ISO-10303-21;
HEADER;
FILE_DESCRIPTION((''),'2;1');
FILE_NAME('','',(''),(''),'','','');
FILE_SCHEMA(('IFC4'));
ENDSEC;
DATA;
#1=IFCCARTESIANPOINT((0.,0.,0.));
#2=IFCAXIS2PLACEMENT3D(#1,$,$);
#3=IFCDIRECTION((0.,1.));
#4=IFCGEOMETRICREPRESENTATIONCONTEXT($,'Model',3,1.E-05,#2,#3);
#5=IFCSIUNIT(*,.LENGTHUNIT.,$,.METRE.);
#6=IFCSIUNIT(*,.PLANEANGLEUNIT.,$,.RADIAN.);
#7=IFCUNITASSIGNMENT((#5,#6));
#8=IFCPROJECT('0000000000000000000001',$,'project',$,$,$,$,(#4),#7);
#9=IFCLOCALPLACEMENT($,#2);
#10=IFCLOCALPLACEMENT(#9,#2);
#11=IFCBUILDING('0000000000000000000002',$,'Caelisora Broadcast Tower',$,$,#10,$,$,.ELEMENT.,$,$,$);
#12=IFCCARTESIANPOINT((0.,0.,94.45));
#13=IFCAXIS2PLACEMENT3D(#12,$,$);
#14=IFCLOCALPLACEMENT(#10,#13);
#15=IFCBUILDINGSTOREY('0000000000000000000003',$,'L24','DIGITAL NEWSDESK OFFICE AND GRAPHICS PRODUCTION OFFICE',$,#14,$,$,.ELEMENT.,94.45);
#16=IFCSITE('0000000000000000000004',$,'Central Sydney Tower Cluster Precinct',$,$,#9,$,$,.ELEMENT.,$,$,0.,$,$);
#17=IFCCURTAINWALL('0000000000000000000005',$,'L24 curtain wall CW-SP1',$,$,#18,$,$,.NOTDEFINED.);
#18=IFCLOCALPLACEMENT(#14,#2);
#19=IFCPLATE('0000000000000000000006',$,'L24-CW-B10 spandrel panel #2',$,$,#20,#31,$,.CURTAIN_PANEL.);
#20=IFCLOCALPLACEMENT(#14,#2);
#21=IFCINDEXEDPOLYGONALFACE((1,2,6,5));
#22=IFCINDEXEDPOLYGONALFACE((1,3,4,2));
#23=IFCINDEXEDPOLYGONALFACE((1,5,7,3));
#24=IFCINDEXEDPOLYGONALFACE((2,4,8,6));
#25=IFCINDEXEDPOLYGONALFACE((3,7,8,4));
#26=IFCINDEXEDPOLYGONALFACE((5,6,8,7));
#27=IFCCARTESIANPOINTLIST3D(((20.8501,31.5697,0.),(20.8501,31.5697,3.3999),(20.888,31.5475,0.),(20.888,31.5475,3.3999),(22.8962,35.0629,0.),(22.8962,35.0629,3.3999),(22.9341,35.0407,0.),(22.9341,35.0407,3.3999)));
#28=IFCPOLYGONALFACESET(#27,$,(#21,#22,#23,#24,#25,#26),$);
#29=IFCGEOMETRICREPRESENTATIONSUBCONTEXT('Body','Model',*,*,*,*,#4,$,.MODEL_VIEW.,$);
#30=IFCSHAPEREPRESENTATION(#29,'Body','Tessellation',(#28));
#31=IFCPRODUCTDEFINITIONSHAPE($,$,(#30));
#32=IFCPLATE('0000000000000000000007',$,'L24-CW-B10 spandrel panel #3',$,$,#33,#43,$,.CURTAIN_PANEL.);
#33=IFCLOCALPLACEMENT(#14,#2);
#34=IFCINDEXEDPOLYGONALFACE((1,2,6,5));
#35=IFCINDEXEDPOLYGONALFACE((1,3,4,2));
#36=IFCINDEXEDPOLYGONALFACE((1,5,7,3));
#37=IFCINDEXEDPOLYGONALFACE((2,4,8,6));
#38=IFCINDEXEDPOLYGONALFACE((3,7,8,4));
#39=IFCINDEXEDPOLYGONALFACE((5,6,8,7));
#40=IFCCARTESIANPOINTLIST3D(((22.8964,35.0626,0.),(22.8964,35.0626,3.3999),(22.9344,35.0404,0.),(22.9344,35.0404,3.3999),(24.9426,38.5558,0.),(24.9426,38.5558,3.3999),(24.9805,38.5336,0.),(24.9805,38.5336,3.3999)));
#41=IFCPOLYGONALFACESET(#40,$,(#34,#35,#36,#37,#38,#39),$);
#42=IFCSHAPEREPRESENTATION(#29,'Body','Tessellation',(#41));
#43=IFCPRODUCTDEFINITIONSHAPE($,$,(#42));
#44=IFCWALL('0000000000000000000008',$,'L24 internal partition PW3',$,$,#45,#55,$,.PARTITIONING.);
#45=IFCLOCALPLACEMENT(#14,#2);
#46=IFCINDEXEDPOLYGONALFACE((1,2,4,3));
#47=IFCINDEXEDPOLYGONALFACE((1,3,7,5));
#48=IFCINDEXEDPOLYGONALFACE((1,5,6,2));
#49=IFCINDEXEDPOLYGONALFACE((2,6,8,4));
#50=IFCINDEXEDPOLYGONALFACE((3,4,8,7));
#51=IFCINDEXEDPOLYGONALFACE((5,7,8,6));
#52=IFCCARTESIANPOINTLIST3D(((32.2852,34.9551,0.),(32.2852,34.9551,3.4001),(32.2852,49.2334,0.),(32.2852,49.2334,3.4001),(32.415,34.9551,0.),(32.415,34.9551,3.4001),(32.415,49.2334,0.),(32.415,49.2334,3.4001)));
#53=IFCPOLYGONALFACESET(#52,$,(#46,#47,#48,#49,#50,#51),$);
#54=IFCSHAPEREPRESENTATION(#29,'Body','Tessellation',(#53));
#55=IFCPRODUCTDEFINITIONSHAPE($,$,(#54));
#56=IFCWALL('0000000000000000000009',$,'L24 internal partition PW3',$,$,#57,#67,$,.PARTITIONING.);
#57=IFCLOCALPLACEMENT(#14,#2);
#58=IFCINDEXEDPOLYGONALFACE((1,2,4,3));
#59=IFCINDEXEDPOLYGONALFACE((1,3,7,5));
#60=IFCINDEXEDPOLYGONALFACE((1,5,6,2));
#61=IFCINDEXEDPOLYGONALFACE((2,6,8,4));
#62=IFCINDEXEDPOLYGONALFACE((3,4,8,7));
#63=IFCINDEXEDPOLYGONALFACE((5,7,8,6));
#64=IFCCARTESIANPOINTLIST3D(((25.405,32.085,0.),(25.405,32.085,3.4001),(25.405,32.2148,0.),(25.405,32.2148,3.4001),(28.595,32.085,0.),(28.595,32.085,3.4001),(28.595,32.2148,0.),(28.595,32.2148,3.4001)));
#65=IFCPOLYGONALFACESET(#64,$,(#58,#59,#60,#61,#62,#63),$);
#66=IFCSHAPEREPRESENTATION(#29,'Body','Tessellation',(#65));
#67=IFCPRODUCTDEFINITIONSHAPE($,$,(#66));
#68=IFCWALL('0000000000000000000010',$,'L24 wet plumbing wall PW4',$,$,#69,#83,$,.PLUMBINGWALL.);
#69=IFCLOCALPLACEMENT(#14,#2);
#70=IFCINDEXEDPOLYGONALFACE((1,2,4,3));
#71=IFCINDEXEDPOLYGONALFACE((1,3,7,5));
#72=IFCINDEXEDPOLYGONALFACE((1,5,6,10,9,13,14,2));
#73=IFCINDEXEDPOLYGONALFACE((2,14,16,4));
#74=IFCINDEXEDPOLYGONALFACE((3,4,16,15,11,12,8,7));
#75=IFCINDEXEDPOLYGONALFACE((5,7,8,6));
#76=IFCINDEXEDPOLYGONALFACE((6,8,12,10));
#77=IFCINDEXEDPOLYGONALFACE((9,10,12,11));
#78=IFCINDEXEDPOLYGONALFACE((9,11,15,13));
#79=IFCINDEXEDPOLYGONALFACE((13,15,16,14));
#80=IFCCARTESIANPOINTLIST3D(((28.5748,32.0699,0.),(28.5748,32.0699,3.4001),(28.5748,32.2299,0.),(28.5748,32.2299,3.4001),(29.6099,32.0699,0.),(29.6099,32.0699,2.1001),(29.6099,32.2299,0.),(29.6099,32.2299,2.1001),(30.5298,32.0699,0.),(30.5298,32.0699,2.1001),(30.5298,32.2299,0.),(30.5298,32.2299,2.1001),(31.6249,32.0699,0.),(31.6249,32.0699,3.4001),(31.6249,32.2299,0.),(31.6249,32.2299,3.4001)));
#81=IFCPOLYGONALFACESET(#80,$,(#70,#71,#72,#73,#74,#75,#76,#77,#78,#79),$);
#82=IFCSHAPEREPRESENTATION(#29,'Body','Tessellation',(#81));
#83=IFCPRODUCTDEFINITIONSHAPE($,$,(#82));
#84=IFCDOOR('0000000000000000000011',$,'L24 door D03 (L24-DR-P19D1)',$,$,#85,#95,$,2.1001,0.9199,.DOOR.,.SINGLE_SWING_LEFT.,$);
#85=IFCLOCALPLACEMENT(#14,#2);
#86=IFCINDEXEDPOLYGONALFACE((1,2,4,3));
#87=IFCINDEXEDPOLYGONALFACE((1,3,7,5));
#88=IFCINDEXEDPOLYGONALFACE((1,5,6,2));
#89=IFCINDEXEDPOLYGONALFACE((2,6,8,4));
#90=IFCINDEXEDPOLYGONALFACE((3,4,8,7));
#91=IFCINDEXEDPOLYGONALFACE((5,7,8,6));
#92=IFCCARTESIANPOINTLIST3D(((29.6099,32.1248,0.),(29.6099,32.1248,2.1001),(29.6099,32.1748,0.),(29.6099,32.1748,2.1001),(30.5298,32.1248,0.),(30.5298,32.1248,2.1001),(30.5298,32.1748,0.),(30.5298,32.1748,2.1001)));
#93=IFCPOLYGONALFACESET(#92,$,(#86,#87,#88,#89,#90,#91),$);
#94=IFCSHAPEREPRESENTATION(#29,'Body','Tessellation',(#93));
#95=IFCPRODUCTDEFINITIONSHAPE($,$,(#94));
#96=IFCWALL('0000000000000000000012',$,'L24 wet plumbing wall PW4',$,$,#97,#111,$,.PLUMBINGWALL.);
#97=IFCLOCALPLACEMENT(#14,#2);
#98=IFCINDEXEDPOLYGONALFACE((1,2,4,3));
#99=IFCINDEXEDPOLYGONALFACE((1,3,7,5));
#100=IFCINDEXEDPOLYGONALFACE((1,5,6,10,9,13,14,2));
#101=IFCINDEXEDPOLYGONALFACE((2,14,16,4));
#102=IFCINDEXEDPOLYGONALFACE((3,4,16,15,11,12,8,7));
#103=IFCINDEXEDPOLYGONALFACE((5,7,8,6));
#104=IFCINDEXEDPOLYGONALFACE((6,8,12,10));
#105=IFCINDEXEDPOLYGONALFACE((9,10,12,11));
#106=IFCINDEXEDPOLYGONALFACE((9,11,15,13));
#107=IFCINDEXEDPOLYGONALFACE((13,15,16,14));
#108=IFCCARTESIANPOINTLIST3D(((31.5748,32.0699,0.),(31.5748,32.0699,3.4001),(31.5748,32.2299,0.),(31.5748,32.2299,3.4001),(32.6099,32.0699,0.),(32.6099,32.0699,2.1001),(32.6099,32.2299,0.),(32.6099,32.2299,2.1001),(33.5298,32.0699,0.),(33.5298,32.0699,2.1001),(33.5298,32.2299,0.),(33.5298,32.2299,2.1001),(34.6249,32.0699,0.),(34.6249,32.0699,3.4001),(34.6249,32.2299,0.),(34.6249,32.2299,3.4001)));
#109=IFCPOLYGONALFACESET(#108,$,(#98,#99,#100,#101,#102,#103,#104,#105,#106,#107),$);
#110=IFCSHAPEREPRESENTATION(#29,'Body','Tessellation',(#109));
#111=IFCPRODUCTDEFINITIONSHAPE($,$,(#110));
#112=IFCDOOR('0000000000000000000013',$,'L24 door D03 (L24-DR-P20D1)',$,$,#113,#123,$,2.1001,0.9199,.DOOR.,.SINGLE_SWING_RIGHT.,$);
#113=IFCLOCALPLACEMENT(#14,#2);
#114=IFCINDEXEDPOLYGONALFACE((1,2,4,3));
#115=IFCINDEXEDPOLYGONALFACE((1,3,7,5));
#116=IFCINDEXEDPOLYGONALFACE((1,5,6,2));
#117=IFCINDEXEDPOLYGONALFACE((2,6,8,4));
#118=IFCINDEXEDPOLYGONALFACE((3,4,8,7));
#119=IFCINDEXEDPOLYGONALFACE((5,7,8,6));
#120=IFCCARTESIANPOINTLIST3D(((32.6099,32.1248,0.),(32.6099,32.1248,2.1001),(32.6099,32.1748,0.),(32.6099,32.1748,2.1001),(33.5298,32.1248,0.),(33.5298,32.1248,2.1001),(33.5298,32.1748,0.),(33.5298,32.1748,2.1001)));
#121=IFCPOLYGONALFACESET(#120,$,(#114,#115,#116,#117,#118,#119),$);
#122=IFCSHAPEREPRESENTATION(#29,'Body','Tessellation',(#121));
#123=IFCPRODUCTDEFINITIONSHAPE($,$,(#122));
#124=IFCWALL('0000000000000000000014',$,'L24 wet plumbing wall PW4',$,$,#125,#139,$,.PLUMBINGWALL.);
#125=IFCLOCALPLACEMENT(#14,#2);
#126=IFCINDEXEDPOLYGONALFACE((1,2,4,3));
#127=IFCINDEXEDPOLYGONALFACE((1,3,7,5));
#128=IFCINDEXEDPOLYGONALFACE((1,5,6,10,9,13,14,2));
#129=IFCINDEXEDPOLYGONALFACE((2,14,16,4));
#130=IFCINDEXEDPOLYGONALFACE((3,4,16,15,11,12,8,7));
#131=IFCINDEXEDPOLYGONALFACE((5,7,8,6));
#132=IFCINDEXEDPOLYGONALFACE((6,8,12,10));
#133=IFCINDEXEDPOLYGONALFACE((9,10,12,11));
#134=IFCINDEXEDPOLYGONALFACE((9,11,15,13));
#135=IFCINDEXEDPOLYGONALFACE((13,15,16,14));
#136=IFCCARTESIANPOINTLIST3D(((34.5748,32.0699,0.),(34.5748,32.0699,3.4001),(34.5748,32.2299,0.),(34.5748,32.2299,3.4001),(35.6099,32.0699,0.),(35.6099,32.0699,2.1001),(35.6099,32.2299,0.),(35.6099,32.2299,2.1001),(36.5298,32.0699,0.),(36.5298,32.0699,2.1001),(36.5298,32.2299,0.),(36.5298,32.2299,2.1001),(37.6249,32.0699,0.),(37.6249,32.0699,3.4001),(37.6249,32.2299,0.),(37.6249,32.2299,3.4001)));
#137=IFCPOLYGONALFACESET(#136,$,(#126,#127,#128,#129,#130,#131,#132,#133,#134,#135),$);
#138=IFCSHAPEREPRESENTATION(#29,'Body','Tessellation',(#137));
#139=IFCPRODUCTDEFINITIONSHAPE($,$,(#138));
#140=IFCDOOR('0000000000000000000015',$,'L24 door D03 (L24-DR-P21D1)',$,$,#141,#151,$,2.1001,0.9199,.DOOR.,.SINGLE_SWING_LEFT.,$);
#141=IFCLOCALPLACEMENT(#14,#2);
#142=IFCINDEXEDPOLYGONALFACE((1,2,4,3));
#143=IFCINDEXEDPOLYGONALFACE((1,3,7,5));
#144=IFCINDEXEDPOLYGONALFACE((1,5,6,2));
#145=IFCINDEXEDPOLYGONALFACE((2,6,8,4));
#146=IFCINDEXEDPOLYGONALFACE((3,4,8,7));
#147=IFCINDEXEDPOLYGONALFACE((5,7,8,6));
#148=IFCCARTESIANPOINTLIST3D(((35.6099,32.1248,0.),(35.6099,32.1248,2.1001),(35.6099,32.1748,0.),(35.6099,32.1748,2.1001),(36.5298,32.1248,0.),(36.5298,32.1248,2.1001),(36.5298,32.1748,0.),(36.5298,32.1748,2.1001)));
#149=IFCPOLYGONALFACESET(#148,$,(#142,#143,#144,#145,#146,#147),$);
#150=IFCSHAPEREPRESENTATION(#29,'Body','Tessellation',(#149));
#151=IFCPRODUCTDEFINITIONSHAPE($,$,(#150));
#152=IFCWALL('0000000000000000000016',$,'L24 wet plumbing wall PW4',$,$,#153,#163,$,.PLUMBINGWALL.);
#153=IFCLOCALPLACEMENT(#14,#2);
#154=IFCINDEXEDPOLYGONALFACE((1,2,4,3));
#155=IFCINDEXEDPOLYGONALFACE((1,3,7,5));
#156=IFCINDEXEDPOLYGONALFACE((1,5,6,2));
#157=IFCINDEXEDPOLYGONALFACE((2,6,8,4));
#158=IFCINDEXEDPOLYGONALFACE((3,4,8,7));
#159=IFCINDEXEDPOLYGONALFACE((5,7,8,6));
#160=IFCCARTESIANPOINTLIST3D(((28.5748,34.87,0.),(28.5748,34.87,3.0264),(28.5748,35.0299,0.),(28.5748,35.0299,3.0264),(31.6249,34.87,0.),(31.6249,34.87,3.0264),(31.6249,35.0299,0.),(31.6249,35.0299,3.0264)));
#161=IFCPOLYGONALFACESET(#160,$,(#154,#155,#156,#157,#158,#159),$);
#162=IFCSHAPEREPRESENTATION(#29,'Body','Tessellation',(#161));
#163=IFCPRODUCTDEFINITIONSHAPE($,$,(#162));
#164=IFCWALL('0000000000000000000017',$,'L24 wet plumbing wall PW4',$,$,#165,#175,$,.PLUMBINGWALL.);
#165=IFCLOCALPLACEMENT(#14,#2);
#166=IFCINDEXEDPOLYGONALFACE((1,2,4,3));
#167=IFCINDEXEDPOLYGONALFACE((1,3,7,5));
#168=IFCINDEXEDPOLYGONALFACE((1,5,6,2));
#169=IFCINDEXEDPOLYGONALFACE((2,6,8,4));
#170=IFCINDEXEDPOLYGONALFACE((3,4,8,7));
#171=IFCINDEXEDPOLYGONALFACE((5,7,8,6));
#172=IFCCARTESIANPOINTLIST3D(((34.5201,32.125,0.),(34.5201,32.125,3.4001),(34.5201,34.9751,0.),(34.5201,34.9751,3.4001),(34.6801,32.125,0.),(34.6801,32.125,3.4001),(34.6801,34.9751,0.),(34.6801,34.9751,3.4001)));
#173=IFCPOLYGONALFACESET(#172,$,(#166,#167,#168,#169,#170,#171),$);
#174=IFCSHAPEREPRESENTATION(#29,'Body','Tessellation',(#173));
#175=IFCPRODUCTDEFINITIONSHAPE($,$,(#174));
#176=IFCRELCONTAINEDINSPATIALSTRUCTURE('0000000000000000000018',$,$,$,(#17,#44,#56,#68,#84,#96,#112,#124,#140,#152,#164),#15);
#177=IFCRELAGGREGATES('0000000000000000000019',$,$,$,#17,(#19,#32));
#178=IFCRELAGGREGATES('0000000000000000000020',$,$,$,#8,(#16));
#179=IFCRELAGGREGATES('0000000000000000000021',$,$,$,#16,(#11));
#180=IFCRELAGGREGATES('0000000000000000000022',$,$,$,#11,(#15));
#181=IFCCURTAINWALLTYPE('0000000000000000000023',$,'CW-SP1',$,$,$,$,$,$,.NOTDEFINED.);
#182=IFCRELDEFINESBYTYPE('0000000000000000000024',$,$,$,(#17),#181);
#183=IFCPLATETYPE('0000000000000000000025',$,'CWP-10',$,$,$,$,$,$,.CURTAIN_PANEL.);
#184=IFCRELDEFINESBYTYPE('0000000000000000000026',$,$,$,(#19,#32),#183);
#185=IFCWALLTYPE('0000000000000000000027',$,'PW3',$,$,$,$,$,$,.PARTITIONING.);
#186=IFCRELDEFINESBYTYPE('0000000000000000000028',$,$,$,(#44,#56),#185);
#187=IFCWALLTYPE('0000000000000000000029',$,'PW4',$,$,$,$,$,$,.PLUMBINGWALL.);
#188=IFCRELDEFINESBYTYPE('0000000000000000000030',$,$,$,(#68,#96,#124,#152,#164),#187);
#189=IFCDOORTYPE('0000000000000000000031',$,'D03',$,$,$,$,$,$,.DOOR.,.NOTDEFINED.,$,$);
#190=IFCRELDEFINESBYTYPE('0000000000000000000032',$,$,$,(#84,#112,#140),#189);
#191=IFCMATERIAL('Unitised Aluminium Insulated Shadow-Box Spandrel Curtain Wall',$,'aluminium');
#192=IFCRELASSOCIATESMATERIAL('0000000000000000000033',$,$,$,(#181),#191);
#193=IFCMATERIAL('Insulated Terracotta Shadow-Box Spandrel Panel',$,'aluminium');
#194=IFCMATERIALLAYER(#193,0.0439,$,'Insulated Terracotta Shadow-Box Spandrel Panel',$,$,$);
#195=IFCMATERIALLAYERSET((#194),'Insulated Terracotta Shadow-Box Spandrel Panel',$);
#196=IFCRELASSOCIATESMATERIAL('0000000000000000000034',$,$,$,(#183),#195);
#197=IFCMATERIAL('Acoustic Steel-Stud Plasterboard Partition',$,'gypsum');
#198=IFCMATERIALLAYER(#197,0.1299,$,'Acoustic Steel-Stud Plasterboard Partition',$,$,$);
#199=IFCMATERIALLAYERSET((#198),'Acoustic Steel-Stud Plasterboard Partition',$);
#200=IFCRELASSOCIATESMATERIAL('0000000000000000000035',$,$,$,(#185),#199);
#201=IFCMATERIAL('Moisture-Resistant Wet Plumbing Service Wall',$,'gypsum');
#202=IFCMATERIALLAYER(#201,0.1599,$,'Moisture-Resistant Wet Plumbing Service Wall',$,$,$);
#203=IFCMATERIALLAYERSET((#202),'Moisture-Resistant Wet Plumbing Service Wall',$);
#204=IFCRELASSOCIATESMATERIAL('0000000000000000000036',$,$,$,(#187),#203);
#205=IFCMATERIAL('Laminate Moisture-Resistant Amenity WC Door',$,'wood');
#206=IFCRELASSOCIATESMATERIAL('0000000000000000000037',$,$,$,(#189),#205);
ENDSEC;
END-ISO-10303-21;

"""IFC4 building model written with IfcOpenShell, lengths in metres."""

from ifc_helpers import new_model, si_unit, direction, frame, frame_2d, origin, origin_2d, place, context, subcontext, project, spatial, rectangle, extrude, source, transform, mapped, material, layer, layer_set, type_object, type_shapes, element, fill, aggregate, save


model = new_model("IFC4")

# Units and contexts
model_context = context("Model", 3, precision=1e-05, world=origin(), true_north=direction((0.0, 1.0)))
body_context = subcontext(model_context, "Body", "Model", "MODEL_VIEW")
ifc_project = project(units=[si_unit("LENGTHUNIT", "METRE"), si_unit("PLANEANGLEUNIT", "RADIAN")], contexts=[model_context])

# Site, building, storey
site_placement = place(None, origin())
site = spatial("IfcSite", under=ifc_project, at=site_placement, Name="Central Sydney Tower Cluster Precinct", CompositionType="ELEMENT", RefElevation=0.0)
building_placement = place(site_placement, origin())
building = spatial("IfcBuilding", under=site, at=building_placement, Name="Caelisora Broadcast Tower", CompositionType="ELEMENT")
storey_placement = place(building_placement, frame((0.0, 0.0, 94.45)))
storey = spatial("IfcBuildingStorey", under=building, at=storey_placement, Name="L24", Description="DIGITAL NEWSDESK OFFICE AND GRAPHICS PRODUCTION OFFICE", CompositionType="ELEMENT", Elevation=94.45)

# Curtain wall, plates
ifc_material_1 = material(Name="Unitised Aluminium Insulated Shadow-Box Spandrel Curtain Wall", Category="aluminium")
curtain_wall_type = type_object("IfcCurtainWallType", Name="CW-SP1", PredefinedType="NOTDEFINED", material=ifc_material_1)
curtain_wall_placement = place(storey_placement, origin())
curtain_wall = element("IfcCurtainWall", 1, at=curtain_wall_placement, inside=storey, type_object=curtain_wall_type, Name="L24 curtain wall CW-SP1", PredefinedType="NOTDEFINED")
ifc_material_2 = material(Name="Insulated Terracotta Shadow-Box Spandrel Panel", Category="aluminium")
ifc_layer_1 = layer(ifc_material_2, 0.0439, Name="Insulated Terracotta Shadow-Box Spandrel Panel")
ifc_layer_set_1 = layer_set([ifc_layer_1], Name="Insulated Terracotta Shadow-Box Spandrel Panel")
plate_type = type_object("IfcPlateType", Name="CWP-10", PredefinedType="CURTAIN_PANEL", material=ifc_layer_set_1)
shared_shape_1 = source(origin(), body_context, "Body", "SweptSolid", [
    extrude(rectangle(XDim=4.0483, YDim=0.0439, at=origin_2d()), origin(), (0.0, 0.0, 1.0), 3.3999),
])
type_shapes(plate_type, [shared_shape_1])
plate_1_placement = place(storey_placement, frame((21.8921, 33.3052, 0.0), z_axis=(0.0, 0.0, 1.0), x_axis=(0.505431, 0.862867, 0.0)))
plate_1 = element("IfcPlate", 2, at=plate_1_placement, type_object=plate_type, Name="L24-CW-B10 spandrel panel #2", PredefinedType="CURTAIN_PANEL", context=body_context, shape_type="MappedRepresentation", body=[
    mapped(shared_shape_1, transform((0.0, 0.0, 0.0), scale=1.0)),
])
plate_2_placement = place(storey_placement, frame((23.9385, 36.7981, 0.0), z_axis=(0.0, 0.0, 1.0), x_axis=(0.505431, 0.862867, 0.0)))
plate_2 = element("IfcPlate", 3, at=plate_2_placement, type_object=plate_type, Name="L24-CW-B10 spandrel panel #3", PredefinedType="CURTAIN_PANEL", context=body_context, shape_type="MappedRepresentation", body=[
    mapped(shared_shape_1, transform((0.0, 0.0, 0.0), scale=1.0)),
])
aggregate(curtain_wall, [plate_1, plate_2])

# Walls
ifc_material_3 = material(Name="Acoustic Steel-Stud Plasterboard Partition", Category="gypsum")
ifc_layer_2 = layer(ifc_material_3, 0.1299, Name="Acoustic Steel-Stud Plasterboard Partition")
ifc_layer_set_2 = layer_set([ifc_layer_2], Name="Acoustic Steel-Stud Plasterboard Partition")
wall_type_1 = type_object("IfcWallType", Name="PW3", PredefinedType="PARTITIONING", material=ifc_layer_set_2)
wall_1_placement = place(storey_placement, frame((32.3501, 34.9551, 0.0), z_axis=(0.0, 0.0, 1.0), x_axis=(0.0, 1.0, 0.0)))
element("IfcWall", 4, at=wall_1_placement, inside=storey, type_object=wall_type_1, Name="L24 internal partition PW3", PredefinedType="PARTITIONING", context=body_context, shape_type="SweptSolid", body=[
    extrude(rectangle(XDim=14.2783, YDim=0.1299, at=frame_2d((7.1392, 0.0))), origin(), (0.0, 0.0, 1.0), 3.4001),
])
wall_2_placement = place(storey_placement, frame((25.405, 32.1499, 0.0), z_axis=(0.0, 0.0, 1.0), x_axis=(1.0, 0.0, 0.0)))
element("IfcWall", 5, at=wall_2_placement, inside=storey, type_object=wall_type_1, Name="L24 internal partition PW3", PredefinedType="PARTITIONING", context=body_context, shape_type="SweptSolid", body=[
    extrude(rectangle(XDim=3.1899, YDim=0.1299, at=frame_2d((1.595, 0.0))), origin(), (0.0, 0.0, 1.0), 3.4001),
])

# Walls, openings, doors
ifc_material_4 = material(Name="Moisture-Resistant Wet Plumbing Service Wall", Category="gypsum")
ifc_layer_3 = layer(ifc_material_4, 0.1599, Name="Moisture-Resistant Wet Plumbing Service Wall")
ifc_layer_set_3 = layer_set([ifc_layer_3], Name="Moisture-Resistant Wet Plumbing Service Wall")
wall_type_2 = type_object("IfcWallType", Name="PW4", PredefinedType="PLUMBINGWALL", material=ifc_layer_set_3)
wall_3_placement = place(storey_placement, frame((28.575, 32.1499, 0.0), z_axis=(0.0, 0.0, 1.0), x_axis=(1.0, 0.0, 0.0)))
wall_3 = element("IfcWall", 6, at=wall_3_placement, inside=storey, type_object=wall_type_2, Name="L24 wet plumbing wall PW4", PredefinedType="PLUMBINGWALL", context=body_context, shape_type="SweptSolid", body=[
    extrude(rectangle(XDim=3.05, YDim=0.1599, at=frame_2d((1.5249, 0.0))), origin(), (0.0, 0.0, 1.0), 3.4001),
])
opening_1_placement = place(wall_3_placement, frame((1.0349, 0.0, 0.0)))
opening_1 = element("IfcOpeningElement", 7, at=opening_1_placement, cuts=wall_3, PredefinedType="OPENING", context=body_context, shape_type="SweptSolid", body=[
    extrude(rectangle(XDim=0.9199, YDim=2.1001, at=frame_2d((0.46, 1.05))), frame((0.0, 0.092, 0.0), z_axis=(0.0, -1.0, 0.0), x_axis=(1.0, 0.0, 0.0)), (0.0, 0.0, 1.0), 0.1838),
])
ifc_material_5 = material(Name="Laminate Moisture-Resistant Amenity WC Door", Category="wood")
door_type = type_object("IfcDoorType", Name="D03", OperationType="NOTDEFINED", PredefinedType="DOOR", material=ifc_material_5)
door_1_placement = place(opening_1_placement, origin())
door_1 = element("IfcDoor", 8, at=door_1_placement, inside=storey, type_object=door_type, Name="L24 door D03 (L24-DR-P19D1)", OperationType="SINGLE_SWING_LEFT", OverallHeight=2.1001, OverallWidth=0.9199, PredefinedType="DOOR", context=body_context, shape_type="SweptSolid", body=[
    extrude(rectangle(XDim=0.9199, YDim=2.1001, at=frame_2d((0.46, 1.05))), frame((0.0, 0.0249, 0.0), z_axis=(0.0, -1.0, 0.0), x_axis=(1.0, 0.0, 0.0)), (0.0, 0.0, 1.0), 0.05),
])
fill(opening_1, door_1)
wall_4_placement = place(storey_placement, frame((31.575, 32.1499, 0.0), z_axis=(0.0, 0.0, 1.0), x_axis=(1.0, 0.0, 0.0)))
wall_4 = element("IfcWall", 9, at=wall_4_placement, inside=storey, type_object=wall_type_2, Name="L24 wet plumbing wall PW4", PredefinedType="PLUMBINGWALL", context=body_context, shape_type="SweptSolid", body=[
    extrude(rectangle(XDim=3.05, YDim=0.1599, at=frame_2d((1.5249, 0.0))), origin(), (0.0, 0.0, 1.0), 3.4001),
])
opening_2_placement = place(wall_4_placement, frame((1.0349, 0.0, 0.0)))
opening_2 = element("IfcOpeningElement", 10, at=opening_2_placement, cuts=wall_4, PredefinedType="OPENING", context=body_context, shape_type="SweptSolid", body=[
    extrude(rectangle(XDim=0.9199, YDim=2.1001, at=frame_2d((0.46, 1.05))), frame((0.0, 0.092, 0.0), z_axis=(0.0, -1.0, 0.0), x_axis=(1.0, 0.0, 0.0)), (0.0, 0.0, 1.0), 0.1838),
])
door_2_placement = place(opening_2_placement, origin())
door_2 = element("IfcDoor", 11, at=door_2_placement, inside=storey, type_object=door_type, Name="L24 door D03 (L24-DR-P20D1)", OperationType="SINGLE_SWING_RIGHT", OverallHeight=2.1001, OverallWidth=0.9199, PredefinedType="DOOR", context=body_context, shape_type="SweptSolid", body=[
    extrude(rectangle(XDim=0.9199, YDim=2.1001, at=frame_2d((0.46, 1.05))), frame((0.0, 0.0249, 0.0), z_axis=(0.0, -1.0, 0.0), x_axis=(1.0, 0.0, 0.0)), (0.0, 0.0, 1.0), 0.05),
])
fill(opening_2, door_2)
wall_5_placement = place(storey_placement, frame((34.575, 32.1499, 0.0), z_axis=(0.0, 0.0, 1.0), x_axis=(1.0, 0.0, 0.0)))
wall_5 = element("IfcWall", 12, at=wall_5_placement, inside=storey, type_object=wall_type_2, Name="L24 wet plumbing wall PW4", PredefinedType="PLUMBINGWALL", context=body_context, shape_type="SweptSolid", body=[
    extrude(rectangle(XDim=3.05, YDim=0.1599, at=frame_2d((1.5249, 0.0))), origin(), (0.0, 0.0, 1.0), 3.4001),
])
opening_3_placement = place(wall_5_placement, frame((1.0349, 0.0, 0.0)))
opening_3 = element("IfcOpeningElement", 13, at=opening_3_placement, cuts=wall_5, PredefinedType="OPENING", context=body_context, shape_type="SweptSolid", body=[
    extrude(rectangle(XDim=0.9199, YDim=2.1001, at=frame_2d((0.46, 1.05))), frame((0.0, 0.092, 0.0), z_axis=(0.0, -1.0, 0.0), x_axis=(1.0, 0.0, 0.0)), (0.0, 0.0, 1.0), 0.1838),
])
door_3_placement = place(opening_3_placement, origin())
door_3 = element("IfcDoor", 14, at=door_3_placement, inside=storey, type_object=door_type, Name="L24 door D03 (L24-DR-P21D1)", OperationType="SINGLE_SWING_LEFT", OverallHeight=2.1001, OverallWidth=0.9199, PredefinedType="DOOR", context=body_context, shape_type="SweptSolid", body=[
    extrude(rectangle(XDim=0.9199, YDim=2.1001, at=frame_2d((0.46, 1.05))), frame((0.0, 0.0249, 0.0), z_axis=(0.0, -1.0, 0.0), x_axis=(1.0, 0.0, 0.0)), (0.0, 0.0, 1.0), 0.05),
])
fill(opening_3, door_3)

# Walls
wall_6_placement = place(storey_placement, frame((28.575, 34.95, 0.0), z_axis=(0.0, 0.0, 1.0), x_axis=(1.0, 0.0, 0.0)))
element("IfcWall", 15, at=wall_6_placement, inside=storey, type_object=wall_type_2, Name="L24 wet plumbing wall PW4", PredefinedType="PLUMBINGWALL", context=body_context, shape_type="SweptSolid", body=[
    extrude(rectangle(XDim=3.05, YDim=0.1599, at=frame_2d((1.5249, 0.0))), origin(), (0.0, 0.0, 1.0), 3.0264),
])
wall_7_placement = place(storey_placement, frame((34.6001, 32.125, 0.0), z_axis=(0.0, 0.0, 1.0), x_axis=(0.0, 1.0, 0.0)))
element("IfcWall", 16, at=wall_7_placement, inside=storey, type_object=wall_type_2, Name="L24 wet plumbing wall PW4", PredefinedType="PLUMBINGWALL", context=body_context, shape_type="SweptSolid", body=[
    extrude(rectangle(XDim=2.8501, YDim=0.1599, at=frame_2d((1.425, 0.0))), origin(), (0.0, 0.0, 1.0), 3.4001),
])

save(model, "model.ifc")
